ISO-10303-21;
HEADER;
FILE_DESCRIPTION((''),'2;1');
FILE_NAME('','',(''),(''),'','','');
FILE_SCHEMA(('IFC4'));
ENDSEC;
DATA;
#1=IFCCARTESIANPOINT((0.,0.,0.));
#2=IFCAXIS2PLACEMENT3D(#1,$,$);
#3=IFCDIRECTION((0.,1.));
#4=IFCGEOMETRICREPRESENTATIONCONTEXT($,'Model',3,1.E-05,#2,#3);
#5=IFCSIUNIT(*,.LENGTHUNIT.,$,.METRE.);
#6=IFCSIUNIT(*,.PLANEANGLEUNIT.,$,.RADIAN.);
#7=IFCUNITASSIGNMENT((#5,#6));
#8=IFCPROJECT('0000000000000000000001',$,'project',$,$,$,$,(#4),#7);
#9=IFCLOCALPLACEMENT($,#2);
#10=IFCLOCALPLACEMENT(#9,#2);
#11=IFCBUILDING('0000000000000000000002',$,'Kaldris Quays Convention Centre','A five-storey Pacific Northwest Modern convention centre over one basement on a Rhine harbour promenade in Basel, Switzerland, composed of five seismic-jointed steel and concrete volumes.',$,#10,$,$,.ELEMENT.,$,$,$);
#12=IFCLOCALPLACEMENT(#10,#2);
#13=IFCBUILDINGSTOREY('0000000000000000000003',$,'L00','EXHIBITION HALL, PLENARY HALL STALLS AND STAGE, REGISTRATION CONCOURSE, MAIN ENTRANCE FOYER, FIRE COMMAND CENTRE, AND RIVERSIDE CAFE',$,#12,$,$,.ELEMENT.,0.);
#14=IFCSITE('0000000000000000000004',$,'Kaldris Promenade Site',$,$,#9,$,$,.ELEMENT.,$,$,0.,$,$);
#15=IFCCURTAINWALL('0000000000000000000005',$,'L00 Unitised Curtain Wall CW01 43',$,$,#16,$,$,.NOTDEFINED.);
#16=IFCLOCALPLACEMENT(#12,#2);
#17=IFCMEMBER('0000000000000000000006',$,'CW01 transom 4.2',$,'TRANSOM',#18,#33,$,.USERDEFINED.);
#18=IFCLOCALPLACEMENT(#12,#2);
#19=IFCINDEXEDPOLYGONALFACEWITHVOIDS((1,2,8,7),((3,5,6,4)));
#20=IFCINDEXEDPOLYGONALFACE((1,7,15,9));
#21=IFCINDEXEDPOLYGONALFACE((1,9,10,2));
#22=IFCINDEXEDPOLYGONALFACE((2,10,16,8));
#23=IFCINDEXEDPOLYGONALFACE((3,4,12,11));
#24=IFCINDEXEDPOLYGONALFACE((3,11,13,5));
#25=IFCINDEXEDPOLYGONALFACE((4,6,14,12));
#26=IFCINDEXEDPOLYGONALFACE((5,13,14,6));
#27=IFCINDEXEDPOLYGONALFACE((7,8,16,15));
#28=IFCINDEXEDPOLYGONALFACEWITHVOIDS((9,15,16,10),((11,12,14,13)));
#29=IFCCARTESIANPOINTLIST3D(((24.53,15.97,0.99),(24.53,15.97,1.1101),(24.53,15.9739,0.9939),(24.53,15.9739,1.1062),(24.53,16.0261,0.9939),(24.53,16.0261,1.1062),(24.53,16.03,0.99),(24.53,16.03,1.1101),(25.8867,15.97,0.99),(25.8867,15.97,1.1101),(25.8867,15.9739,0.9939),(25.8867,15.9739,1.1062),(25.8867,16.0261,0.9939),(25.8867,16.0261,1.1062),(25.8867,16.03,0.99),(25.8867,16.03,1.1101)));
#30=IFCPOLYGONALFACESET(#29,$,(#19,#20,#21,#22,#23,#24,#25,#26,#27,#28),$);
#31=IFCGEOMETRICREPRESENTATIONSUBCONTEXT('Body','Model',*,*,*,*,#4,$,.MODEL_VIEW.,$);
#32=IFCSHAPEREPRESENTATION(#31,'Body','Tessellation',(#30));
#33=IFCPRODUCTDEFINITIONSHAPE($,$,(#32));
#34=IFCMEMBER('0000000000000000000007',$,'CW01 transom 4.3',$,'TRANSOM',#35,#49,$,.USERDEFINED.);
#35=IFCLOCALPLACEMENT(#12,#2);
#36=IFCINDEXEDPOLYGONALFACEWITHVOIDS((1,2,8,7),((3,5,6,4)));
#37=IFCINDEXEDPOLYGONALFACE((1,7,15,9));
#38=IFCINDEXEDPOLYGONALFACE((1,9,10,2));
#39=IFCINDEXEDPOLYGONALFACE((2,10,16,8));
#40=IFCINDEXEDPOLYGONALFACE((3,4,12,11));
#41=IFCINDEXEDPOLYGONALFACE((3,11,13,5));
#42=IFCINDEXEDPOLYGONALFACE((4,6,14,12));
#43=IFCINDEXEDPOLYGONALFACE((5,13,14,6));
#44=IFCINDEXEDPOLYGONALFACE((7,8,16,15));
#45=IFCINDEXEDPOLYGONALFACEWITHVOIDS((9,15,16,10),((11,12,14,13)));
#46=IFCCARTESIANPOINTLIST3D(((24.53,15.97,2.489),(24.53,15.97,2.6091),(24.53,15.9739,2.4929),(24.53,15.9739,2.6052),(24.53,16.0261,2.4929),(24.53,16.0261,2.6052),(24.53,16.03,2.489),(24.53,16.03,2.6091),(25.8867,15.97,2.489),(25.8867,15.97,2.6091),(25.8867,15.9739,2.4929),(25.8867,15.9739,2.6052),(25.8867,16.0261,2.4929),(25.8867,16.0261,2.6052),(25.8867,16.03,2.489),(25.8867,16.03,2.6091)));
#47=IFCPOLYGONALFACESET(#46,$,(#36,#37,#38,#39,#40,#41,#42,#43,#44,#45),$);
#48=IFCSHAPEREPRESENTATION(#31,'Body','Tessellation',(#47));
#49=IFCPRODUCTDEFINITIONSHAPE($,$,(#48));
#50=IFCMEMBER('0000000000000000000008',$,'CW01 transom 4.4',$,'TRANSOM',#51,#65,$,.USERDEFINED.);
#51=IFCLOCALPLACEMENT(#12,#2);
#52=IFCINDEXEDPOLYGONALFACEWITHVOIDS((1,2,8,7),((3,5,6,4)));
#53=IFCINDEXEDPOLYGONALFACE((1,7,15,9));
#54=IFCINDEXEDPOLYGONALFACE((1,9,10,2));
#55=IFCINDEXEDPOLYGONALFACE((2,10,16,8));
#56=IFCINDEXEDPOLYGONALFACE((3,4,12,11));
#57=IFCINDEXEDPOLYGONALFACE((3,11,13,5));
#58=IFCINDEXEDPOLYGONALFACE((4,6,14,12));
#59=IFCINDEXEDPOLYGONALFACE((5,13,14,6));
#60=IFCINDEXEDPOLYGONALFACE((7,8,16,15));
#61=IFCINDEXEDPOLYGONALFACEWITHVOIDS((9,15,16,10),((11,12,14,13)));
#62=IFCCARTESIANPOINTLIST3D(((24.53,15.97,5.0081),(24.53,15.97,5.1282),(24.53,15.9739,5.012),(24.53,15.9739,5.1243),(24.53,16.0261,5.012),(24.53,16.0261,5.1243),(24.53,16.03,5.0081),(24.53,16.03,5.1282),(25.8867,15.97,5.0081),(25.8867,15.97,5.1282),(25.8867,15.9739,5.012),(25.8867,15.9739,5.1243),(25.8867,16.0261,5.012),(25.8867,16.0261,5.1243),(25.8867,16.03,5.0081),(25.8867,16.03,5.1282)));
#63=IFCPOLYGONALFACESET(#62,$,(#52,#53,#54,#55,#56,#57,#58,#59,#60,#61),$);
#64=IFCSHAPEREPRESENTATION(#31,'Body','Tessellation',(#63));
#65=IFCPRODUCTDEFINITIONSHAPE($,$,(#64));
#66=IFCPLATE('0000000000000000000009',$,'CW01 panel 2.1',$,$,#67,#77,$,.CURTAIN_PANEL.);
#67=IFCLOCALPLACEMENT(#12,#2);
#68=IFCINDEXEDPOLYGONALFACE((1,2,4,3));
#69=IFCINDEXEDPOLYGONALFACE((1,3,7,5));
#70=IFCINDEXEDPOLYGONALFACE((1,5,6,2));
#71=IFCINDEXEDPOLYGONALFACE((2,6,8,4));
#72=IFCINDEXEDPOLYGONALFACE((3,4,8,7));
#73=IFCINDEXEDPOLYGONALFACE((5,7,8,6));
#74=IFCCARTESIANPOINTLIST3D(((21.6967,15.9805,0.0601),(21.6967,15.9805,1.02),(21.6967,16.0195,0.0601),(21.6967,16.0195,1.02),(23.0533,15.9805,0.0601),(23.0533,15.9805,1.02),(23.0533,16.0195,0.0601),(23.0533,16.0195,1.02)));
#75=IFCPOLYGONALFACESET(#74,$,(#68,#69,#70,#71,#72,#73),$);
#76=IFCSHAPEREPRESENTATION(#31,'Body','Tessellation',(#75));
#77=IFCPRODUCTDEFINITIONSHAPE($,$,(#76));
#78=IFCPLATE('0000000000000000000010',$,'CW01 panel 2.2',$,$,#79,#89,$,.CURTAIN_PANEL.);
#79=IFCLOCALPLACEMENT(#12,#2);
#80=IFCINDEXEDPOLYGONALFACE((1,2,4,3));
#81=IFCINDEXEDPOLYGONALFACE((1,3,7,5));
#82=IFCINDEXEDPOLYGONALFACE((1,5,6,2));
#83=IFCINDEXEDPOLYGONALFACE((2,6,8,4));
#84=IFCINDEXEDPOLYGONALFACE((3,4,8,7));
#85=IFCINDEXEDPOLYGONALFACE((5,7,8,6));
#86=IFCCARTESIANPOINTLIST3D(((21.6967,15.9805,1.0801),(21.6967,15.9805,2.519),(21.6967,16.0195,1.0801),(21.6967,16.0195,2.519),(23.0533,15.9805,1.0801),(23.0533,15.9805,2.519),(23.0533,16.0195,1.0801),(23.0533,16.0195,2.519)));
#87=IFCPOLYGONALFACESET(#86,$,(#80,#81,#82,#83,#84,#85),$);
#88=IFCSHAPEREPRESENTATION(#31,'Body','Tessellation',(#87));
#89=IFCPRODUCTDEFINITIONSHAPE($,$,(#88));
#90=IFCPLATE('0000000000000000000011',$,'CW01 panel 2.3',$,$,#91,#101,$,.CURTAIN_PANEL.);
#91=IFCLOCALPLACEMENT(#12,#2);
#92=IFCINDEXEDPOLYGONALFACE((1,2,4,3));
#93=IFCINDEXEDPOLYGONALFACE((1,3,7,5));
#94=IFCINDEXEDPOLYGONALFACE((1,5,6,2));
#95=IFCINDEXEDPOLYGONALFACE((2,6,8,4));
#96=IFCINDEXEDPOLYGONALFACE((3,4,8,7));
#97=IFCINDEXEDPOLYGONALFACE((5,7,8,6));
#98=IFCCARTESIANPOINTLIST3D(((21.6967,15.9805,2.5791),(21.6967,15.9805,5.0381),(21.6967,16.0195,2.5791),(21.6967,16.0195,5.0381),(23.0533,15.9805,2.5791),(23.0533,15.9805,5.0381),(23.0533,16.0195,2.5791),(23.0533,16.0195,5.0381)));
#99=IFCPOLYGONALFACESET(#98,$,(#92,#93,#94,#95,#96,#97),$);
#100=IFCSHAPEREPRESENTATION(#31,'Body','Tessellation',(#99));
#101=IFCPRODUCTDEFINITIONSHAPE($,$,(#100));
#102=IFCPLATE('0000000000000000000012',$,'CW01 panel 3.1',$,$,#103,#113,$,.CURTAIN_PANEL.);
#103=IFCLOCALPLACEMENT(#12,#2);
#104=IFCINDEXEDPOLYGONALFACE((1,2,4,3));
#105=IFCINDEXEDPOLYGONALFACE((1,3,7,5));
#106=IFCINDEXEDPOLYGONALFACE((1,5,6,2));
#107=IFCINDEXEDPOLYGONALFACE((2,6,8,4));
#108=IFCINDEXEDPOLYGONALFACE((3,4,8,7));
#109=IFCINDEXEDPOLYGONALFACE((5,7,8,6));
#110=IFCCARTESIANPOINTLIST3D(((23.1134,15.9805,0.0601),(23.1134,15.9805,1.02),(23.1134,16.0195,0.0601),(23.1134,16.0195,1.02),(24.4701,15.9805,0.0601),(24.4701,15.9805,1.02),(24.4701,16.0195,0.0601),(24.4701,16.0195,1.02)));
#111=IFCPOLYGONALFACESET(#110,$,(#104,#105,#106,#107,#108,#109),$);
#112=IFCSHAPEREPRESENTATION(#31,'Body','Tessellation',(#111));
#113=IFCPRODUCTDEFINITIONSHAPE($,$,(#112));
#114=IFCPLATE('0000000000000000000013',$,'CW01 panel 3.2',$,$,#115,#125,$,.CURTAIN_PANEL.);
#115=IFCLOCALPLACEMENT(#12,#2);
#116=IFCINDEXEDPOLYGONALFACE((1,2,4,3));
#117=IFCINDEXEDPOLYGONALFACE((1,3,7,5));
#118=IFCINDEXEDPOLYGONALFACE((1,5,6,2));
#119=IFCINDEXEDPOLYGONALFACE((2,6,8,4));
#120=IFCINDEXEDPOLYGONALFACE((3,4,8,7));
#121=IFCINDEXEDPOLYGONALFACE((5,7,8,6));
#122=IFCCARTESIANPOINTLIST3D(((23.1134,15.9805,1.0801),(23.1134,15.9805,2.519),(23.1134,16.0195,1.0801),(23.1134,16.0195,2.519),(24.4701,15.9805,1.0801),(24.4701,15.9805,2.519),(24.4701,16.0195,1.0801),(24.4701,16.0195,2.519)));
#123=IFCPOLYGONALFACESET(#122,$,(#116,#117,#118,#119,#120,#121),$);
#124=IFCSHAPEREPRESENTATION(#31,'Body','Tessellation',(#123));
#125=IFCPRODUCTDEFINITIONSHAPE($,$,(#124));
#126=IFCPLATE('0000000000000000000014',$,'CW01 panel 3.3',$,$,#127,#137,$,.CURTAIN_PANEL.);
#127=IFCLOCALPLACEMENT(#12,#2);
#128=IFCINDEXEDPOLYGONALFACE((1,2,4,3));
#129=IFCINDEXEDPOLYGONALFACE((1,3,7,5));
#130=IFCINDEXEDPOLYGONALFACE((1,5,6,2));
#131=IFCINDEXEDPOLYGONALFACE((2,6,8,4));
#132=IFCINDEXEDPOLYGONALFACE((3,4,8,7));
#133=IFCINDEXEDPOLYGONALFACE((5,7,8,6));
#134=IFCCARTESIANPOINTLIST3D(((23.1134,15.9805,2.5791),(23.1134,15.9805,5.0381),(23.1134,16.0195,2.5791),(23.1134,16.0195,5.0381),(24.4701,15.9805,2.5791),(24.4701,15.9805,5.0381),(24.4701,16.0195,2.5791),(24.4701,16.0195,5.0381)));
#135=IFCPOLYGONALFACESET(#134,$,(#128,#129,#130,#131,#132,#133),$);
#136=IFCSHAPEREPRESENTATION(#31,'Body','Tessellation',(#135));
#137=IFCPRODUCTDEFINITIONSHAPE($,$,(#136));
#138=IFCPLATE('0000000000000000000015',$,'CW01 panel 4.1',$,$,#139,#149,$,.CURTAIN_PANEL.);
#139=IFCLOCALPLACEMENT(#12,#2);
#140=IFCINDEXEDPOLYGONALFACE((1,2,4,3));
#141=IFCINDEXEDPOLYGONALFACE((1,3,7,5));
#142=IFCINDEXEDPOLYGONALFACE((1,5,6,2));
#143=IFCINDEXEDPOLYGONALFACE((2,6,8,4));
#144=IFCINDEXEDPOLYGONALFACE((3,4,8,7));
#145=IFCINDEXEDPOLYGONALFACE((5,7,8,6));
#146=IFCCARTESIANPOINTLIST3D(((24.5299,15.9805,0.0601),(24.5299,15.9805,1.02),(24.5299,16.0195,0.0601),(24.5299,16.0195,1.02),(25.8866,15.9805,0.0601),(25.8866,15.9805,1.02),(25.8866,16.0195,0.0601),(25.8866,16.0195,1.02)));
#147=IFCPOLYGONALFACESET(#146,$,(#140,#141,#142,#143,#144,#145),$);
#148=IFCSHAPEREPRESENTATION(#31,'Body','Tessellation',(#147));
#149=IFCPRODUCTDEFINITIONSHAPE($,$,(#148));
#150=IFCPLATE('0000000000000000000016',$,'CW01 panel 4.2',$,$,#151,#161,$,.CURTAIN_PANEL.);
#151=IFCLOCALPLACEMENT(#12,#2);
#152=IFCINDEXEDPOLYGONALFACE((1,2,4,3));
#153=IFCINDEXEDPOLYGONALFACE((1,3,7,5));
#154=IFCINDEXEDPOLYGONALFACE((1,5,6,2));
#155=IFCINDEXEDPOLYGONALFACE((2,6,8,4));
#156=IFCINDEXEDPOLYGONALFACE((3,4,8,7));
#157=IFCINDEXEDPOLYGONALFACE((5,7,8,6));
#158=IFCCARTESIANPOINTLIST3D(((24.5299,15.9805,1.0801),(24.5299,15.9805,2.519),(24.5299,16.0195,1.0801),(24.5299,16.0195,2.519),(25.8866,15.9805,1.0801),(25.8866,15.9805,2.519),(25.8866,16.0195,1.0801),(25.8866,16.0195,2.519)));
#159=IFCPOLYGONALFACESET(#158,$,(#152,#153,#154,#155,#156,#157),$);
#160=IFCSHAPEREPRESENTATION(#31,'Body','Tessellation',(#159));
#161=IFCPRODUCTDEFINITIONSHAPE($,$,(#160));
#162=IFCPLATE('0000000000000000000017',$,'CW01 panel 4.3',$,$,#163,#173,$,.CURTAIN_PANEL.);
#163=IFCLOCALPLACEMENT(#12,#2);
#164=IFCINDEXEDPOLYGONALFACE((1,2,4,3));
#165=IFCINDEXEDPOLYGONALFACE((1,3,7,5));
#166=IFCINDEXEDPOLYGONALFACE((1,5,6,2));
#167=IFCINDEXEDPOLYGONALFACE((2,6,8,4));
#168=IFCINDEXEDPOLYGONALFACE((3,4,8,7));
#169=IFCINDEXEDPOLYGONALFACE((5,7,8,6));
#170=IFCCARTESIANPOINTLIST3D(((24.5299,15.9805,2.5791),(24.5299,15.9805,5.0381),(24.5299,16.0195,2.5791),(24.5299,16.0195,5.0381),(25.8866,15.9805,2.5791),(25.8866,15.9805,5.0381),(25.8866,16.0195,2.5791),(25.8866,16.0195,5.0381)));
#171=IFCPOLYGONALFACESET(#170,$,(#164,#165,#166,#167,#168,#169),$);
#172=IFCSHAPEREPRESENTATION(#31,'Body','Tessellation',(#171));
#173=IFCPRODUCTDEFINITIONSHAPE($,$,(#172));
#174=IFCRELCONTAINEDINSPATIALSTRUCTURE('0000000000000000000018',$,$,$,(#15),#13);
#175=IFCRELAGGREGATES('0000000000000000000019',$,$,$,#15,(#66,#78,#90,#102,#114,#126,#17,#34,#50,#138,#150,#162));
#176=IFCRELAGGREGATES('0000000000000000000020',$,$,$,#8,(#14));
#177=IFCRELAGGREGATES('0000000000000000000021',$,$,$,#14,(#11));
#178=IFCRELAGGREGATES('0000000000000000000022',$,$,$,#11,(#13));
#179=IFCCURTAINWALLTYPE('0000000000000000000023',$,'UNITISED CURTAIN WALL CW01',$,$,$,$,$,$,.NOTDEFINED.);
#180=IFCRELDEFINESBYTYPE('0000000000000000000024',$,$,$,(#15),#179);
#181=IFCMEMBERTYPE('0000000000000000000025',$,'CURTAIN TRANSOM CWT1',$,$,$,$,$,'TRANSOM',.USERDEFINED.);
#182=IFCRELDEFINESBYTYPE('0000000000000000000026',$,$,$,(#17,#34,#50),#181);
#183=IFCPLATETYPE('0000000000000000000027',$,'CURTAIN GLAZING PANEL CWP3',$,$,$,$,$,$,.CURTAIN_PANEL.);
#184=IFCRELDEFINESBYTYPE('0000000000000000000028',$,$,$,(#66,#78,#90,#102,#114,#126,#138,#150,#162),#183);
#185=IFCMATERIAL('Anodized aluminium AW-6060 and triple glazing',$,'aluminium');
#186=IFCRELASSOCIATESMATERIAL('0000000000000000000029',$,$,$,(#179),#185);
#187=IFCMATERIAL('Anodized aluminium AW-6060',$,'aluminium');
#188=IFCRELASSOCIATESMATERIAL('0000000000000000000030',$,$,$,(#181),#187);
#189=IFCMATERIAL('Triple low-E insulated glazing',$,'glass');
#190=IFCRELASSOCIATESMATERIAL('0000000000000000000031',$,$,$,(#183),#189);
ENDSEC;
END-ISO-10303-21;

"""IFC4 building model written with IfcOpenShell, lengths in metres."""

from ifc_helpers import new_model, si_unit, direction, frame, origin, origin_2d, place, context, subcontext, project, spatial, rectangle, hollow_rectangle, extrude, material, material_profile, profile_set, type_object, element, aggregate, save


model = new_model("IFC4")

# Units and contexts
model_context = context("Model", 3, precision=1e-05, world=origin(), true_north=direction((0.0, 1.0)))
body_context = subcontext(model_context, "Body", "Model", "MODEL_VIEW")
ifc_project = project(units=[si_unit("LENGTHUNIT", "METRE"), si_unit("PLANEANGLEUNIT", "RADIAN")], contexts=[model_context])

# Site, building, storey
site_placement = place(None, origin())
site = spatial("IfcSite", under=ifc_project, at=site_placement, Name="Kaldris Promenade Site", CompositionType="ELEMENT", RefElevation=0.0)
building_placement = place(site_placement, origin())
building = spatial("IfcBuilding", under=site, at=building_placement, Name="Kaldris Quays Convention Centre", Description="A five-storey Pacific Northwest Modern convention centre over one basement on a Rhine harbour promenade in Basel, Switzerland, composed of five seismic-jointed steel and concrete volumes.", CompositionType="ELEMENT")
storey_placement = place(building_placement, origin())
storey = spatial("IfcBuildingStorey", under=building, at=storey_placement, Name="L00", Description="EXHIBITION HALL, PLENARY HALL STALLS AND STAGE, REGISTRATION CONCOURSE, MAIN ENTRANCE FOYER, FIRE COMMAND CENTRE, AND RIVERSIDE CAFE", CompositionType="ELEMENT", Elevation=0.0)

# Curtain wall, members, plates
ifc_material_1 = material(Name="Anodized aluminium AW-6060 and triple glazing", Category="aluminium")
curtain_wall_type = type_object("IfcCurtainWallType", Name="UNITISED CURTAIN WALL CW01", PredefinedType="NOTDEFINED", material=ifc_material_1)
curtain_wall_placement = place(storey_placement, origin())
curtain_wall = element("IfcCurtainWall", 1, at=curtain_wall_placement, inside=storey, type_object=curtain_wall_type, Name="L00 Unitised Curtain Wall CW01 43", PredefinedType="NOTDEFINED")
ifc_material_2 = material(Name="Anodized aluminium AW-6060", Category="aluminium")
ifc_material_profile_1 = material_profile(ifc_material_2, hollow_rectangle(XDim=0.0601, YDim=0.1201, WallThickness=0.0039, at=origin_2d()), Name="RHS 120x60x4")
ifc_profile_set_1 = profile_set([ifc_material_profile_1], Name="Anodized aluminium AW-6060")
member_type_1 = type_object("IfcMemberType", Name="CURTAIN TRANSOM CWT1", ElementType="TRANSOM", PredefinedType="USERDEFINED", material=ifc_profile_set_1)
member_1_placement = place(storey_placement, frame((24.53, 16.0, 1.05), z_axis=(1.0, 0.0, 0.0), x_axis=(0.0, 1.0, 0.0)))
member_1 = element("IfcMember", 2, at=member_1_placement, type_object=member_type_1, Name="CW01 transom 4.2", ObjectType="TRANSOM", PredefinedType="USERDEFINED", context=body_context, shape_type="SweptSolid", body=[
    extrude(hollow_rectangle(XDim=0.0601, YDim=0.1201, WallThickness=0.0039, at=origin_2d()), origin(), (0.0, 0.0, 1.0), 1.3567),
])
member_2_placement = place(storey_placement, frame((24.53, 16.0, 2.5491), z_axis=(1.0, 0.0, 0.0), x_axis=(0.0, 1.0, 0.0)))
member_2 = element("IfcMember", 3, at=member_2_placement, type_object=member_type_1, Name="CW01 transom 4.3", ObjectType="TRANSOM", PredefinedType="USERDEFINED", context=body_context, shape_type="SweptSolid", body=[
    extrude(hollow_rectangle(XDim=0.0601, YDim=0.1201, WallThickness=0.0039, at=origin_2d()), origin(), (0.0, 0.0, 1.0), 1.3567),
])
member_3_placement = place(storey_placement, frame((24.53, 16.0, 5.0681), z_axis=(1.0, 0.0, 0.0), x_axis=(0.0, 1.0, 0.0)))
member_3 = element("IfcMember", 4, at=member_3_placement, type_object=member_type_1, Name="CW01 transom 4.4", ObjectType="TRANSOM", PredefinedType="USERDEFINED", context=body_context, shape_type="SweptSolid", body=[
    extrude(hollow_rectangle(XDim=0.0601, YDim=0.1201, WallThickness=0.0039, at=origin_2d()), origin(), (0.0, 0.0, 1.0), 1.3567),
])
ifc_material_3 = material(Name="Triple low-E insulated glazing", Category="glass")
plate_type = type_object("IfcPlateType", Name="CURTAIN GLAZING PANEL CWP3", PredefinedType="CURTAIN_PANEL", material=ifc_material_3)
plate_1_placement = place(storey_placement, frame((22.375, 16.0, 0.0601), z_axis=(0.0, 0.0, 1.0), x_axis=(1.0, 0.0, 0.0)))
plate_1 = element("IfcPlate", 5, at=plate_1_placement, type_object=plate_type, Name="CW01 panel 2.1", PredefinedType="CURTAIN_PANEL", context=body_context, shape_type="SweptSolid", body=[
    extrude(rectangle(XDim=1.3567, YDim=0.0391, at=origin_2d()), origin(), (0.0, 0.0, 1.0), 0.96),
])
plate_2_placement = place(storey_placement, frame((22.375, 16.0, 1.0801), z_axis=(0.0, 0.0, 1.0), x_axis=(1.0, 0.0, 0.0)))
plate_2 = element("IfcPlate", 6, at=plate_2_placement, type_object=plate_type, Name="CW01 panel 2.2", PredefinedType="CURTAIN_PANEL", context=body_context, shape_type="SweptSolid", body=[
    extrude(rectangle(XDim=1.3567, YDim=0.0391, at=origin_2d()), origin(), (0.0, 0.0, 1.0), 1.439),
])
plate_3_placement = place(storey_placement, frame((22.375, 16.0, 2.5791), z_axis=(0.0, 0.0, 1.0), x_axis=(1.0, 0.0, 0.0)))
plate_3 = element("IfcPlate", 7, at=plate_3_placement, type_object=plate_type, Name="CW01 panel 2.3", PredefinedType="CURTAIN_PANEL", context=body_context, shape_type="SweptSolid", body=[
    extrude(rectangle(XDim=1.3567, YDim=0.0391, at=origin_2d()), origin(), (0.0, 0.0, 1.0), 2.459),
])
plate_4_placement = place(storey_placement, frame((23.7917, 16.0, 0.0601), z_axis=(0.0, 0.0, 1.0), x_axis=(1.0, 0.0, 0.0)))
plate_4 = element("IfcPlate", 8, at=plate_4_placement, type_object=plate_type, Name="CW01 panel 3.1", PredefinedType="CURTAIN_PANEL", context=body_context, shape_type="SweptSolid", body=[
    extrude(rectangle(XDim=1.3567, YDim=0.0391, at=origin_2d()), origin(), (0.0, 0.0, 1.0), 0.96),
])
plate_5_placement = place(storey_placement, frame((23.7917, 16.0, 1.0801), z_axis=(0.0, 0.0, 1.0), x_axis=(1.0, 0.0, 0.0)))
plate_5 = element("IfcPlate", 9, at=plate_5_placement, type_object=plate_type, Name="CW01 panel 3.2", PredefinedType="CURTAIN_PANEL", context=body_context, shape_type="SweptSolid", body=[
    extrude(rectangle(XDim=1.3567, YDim=0.0391, at=origin_2d()), origin(), (0.0, 0.0, 1.0), 1.439),
])
plate_6_placement = place(storey_placement, frame((23.7917, 16.0, 2.5791), z_axis=(0.0, 0.0, 1.0), x_axis=(1.0, 0.0, 0.0)))
plate_6 = element("IfcPlate", 10, at=plate_6_placement, type_object=plate_type, Name="CW01 panel 3.3", PredefinedType="CURTAIN_PANEL", context=body_context, shape_type="SweptSolid", body=[
    extrude(rectangle(XDim=1.3567, YDim=0.0391, at=origin_2d()), origin(), (0.0, 0.0, 1.0), 2.459),
])
plate_7_placement = place(storey_placement, frame((25.2083, 16.0, 0.0601), z_axis=(0.0, 0.0, 1.0), x_axis=(1.0, 0.0, 0.0)))
plate_7 = element("IfcPlate", 11, at=plate_7_placement, type_object=plate_type, Name="CW01 panel 4.1", PredefinedType="CURTAIN_PANEL", context=body_context, shape_type="SweptSolid", body=[
    extrude(rectangle(XDim=1.3567, YDim=0.0391, at=origin_2d()), origin(), (0.0, 0.0, 1.0), 0.96),
])
plate_8_placement = place(storey_placement, frame((25.2083, 16.0, 1.0801), z_axis=(0.0, 0.0, 1.0), x_axis=(1.0, 0.0, 0.0)))
plate_8 = element("IfcPlate", 12, at=plate_8_placement, type_object=plate_type, Name="CW01 panel 4.2", PredefinedType="CURTAIN_PANEL", context=body_context, shape_type="SweptSolid", body=[
    extrude(rectangle(XDim=1.3567, YDim=0.0391, at=origin_2d()), origin(), (0.0, 0.0, 1.0), 1.439),
])
plate_9_placement = place(storey_placement, frame((25.2083, 16.0, 2.5791), z_axis=(0.0, 0.0, 1.0), x_axis=(1.0, 0.0, 0.0)))
plate_9 = element("IfcPlate", 13, at=plate_9_placement, type_object=plate_type, Name="CW01 panel 4.3", PredefinedType="CURTAIN_PANEL", context=body_context, shape_type="SweptSolid", body=[
    extrude(rectangle(XDim=1.3567, YDim=0.0391, at=origin_2d()), origin(), (0.0, 0.0, 1.0), 2.459),
])
aggregate(curtain_wall, [plate_1, plate_2, plate_3, plate_4, plate_5, plate_6, member_1, member_2, member_3, plate_7, plate_8, plate_9])

save(model, "model.ifc")
